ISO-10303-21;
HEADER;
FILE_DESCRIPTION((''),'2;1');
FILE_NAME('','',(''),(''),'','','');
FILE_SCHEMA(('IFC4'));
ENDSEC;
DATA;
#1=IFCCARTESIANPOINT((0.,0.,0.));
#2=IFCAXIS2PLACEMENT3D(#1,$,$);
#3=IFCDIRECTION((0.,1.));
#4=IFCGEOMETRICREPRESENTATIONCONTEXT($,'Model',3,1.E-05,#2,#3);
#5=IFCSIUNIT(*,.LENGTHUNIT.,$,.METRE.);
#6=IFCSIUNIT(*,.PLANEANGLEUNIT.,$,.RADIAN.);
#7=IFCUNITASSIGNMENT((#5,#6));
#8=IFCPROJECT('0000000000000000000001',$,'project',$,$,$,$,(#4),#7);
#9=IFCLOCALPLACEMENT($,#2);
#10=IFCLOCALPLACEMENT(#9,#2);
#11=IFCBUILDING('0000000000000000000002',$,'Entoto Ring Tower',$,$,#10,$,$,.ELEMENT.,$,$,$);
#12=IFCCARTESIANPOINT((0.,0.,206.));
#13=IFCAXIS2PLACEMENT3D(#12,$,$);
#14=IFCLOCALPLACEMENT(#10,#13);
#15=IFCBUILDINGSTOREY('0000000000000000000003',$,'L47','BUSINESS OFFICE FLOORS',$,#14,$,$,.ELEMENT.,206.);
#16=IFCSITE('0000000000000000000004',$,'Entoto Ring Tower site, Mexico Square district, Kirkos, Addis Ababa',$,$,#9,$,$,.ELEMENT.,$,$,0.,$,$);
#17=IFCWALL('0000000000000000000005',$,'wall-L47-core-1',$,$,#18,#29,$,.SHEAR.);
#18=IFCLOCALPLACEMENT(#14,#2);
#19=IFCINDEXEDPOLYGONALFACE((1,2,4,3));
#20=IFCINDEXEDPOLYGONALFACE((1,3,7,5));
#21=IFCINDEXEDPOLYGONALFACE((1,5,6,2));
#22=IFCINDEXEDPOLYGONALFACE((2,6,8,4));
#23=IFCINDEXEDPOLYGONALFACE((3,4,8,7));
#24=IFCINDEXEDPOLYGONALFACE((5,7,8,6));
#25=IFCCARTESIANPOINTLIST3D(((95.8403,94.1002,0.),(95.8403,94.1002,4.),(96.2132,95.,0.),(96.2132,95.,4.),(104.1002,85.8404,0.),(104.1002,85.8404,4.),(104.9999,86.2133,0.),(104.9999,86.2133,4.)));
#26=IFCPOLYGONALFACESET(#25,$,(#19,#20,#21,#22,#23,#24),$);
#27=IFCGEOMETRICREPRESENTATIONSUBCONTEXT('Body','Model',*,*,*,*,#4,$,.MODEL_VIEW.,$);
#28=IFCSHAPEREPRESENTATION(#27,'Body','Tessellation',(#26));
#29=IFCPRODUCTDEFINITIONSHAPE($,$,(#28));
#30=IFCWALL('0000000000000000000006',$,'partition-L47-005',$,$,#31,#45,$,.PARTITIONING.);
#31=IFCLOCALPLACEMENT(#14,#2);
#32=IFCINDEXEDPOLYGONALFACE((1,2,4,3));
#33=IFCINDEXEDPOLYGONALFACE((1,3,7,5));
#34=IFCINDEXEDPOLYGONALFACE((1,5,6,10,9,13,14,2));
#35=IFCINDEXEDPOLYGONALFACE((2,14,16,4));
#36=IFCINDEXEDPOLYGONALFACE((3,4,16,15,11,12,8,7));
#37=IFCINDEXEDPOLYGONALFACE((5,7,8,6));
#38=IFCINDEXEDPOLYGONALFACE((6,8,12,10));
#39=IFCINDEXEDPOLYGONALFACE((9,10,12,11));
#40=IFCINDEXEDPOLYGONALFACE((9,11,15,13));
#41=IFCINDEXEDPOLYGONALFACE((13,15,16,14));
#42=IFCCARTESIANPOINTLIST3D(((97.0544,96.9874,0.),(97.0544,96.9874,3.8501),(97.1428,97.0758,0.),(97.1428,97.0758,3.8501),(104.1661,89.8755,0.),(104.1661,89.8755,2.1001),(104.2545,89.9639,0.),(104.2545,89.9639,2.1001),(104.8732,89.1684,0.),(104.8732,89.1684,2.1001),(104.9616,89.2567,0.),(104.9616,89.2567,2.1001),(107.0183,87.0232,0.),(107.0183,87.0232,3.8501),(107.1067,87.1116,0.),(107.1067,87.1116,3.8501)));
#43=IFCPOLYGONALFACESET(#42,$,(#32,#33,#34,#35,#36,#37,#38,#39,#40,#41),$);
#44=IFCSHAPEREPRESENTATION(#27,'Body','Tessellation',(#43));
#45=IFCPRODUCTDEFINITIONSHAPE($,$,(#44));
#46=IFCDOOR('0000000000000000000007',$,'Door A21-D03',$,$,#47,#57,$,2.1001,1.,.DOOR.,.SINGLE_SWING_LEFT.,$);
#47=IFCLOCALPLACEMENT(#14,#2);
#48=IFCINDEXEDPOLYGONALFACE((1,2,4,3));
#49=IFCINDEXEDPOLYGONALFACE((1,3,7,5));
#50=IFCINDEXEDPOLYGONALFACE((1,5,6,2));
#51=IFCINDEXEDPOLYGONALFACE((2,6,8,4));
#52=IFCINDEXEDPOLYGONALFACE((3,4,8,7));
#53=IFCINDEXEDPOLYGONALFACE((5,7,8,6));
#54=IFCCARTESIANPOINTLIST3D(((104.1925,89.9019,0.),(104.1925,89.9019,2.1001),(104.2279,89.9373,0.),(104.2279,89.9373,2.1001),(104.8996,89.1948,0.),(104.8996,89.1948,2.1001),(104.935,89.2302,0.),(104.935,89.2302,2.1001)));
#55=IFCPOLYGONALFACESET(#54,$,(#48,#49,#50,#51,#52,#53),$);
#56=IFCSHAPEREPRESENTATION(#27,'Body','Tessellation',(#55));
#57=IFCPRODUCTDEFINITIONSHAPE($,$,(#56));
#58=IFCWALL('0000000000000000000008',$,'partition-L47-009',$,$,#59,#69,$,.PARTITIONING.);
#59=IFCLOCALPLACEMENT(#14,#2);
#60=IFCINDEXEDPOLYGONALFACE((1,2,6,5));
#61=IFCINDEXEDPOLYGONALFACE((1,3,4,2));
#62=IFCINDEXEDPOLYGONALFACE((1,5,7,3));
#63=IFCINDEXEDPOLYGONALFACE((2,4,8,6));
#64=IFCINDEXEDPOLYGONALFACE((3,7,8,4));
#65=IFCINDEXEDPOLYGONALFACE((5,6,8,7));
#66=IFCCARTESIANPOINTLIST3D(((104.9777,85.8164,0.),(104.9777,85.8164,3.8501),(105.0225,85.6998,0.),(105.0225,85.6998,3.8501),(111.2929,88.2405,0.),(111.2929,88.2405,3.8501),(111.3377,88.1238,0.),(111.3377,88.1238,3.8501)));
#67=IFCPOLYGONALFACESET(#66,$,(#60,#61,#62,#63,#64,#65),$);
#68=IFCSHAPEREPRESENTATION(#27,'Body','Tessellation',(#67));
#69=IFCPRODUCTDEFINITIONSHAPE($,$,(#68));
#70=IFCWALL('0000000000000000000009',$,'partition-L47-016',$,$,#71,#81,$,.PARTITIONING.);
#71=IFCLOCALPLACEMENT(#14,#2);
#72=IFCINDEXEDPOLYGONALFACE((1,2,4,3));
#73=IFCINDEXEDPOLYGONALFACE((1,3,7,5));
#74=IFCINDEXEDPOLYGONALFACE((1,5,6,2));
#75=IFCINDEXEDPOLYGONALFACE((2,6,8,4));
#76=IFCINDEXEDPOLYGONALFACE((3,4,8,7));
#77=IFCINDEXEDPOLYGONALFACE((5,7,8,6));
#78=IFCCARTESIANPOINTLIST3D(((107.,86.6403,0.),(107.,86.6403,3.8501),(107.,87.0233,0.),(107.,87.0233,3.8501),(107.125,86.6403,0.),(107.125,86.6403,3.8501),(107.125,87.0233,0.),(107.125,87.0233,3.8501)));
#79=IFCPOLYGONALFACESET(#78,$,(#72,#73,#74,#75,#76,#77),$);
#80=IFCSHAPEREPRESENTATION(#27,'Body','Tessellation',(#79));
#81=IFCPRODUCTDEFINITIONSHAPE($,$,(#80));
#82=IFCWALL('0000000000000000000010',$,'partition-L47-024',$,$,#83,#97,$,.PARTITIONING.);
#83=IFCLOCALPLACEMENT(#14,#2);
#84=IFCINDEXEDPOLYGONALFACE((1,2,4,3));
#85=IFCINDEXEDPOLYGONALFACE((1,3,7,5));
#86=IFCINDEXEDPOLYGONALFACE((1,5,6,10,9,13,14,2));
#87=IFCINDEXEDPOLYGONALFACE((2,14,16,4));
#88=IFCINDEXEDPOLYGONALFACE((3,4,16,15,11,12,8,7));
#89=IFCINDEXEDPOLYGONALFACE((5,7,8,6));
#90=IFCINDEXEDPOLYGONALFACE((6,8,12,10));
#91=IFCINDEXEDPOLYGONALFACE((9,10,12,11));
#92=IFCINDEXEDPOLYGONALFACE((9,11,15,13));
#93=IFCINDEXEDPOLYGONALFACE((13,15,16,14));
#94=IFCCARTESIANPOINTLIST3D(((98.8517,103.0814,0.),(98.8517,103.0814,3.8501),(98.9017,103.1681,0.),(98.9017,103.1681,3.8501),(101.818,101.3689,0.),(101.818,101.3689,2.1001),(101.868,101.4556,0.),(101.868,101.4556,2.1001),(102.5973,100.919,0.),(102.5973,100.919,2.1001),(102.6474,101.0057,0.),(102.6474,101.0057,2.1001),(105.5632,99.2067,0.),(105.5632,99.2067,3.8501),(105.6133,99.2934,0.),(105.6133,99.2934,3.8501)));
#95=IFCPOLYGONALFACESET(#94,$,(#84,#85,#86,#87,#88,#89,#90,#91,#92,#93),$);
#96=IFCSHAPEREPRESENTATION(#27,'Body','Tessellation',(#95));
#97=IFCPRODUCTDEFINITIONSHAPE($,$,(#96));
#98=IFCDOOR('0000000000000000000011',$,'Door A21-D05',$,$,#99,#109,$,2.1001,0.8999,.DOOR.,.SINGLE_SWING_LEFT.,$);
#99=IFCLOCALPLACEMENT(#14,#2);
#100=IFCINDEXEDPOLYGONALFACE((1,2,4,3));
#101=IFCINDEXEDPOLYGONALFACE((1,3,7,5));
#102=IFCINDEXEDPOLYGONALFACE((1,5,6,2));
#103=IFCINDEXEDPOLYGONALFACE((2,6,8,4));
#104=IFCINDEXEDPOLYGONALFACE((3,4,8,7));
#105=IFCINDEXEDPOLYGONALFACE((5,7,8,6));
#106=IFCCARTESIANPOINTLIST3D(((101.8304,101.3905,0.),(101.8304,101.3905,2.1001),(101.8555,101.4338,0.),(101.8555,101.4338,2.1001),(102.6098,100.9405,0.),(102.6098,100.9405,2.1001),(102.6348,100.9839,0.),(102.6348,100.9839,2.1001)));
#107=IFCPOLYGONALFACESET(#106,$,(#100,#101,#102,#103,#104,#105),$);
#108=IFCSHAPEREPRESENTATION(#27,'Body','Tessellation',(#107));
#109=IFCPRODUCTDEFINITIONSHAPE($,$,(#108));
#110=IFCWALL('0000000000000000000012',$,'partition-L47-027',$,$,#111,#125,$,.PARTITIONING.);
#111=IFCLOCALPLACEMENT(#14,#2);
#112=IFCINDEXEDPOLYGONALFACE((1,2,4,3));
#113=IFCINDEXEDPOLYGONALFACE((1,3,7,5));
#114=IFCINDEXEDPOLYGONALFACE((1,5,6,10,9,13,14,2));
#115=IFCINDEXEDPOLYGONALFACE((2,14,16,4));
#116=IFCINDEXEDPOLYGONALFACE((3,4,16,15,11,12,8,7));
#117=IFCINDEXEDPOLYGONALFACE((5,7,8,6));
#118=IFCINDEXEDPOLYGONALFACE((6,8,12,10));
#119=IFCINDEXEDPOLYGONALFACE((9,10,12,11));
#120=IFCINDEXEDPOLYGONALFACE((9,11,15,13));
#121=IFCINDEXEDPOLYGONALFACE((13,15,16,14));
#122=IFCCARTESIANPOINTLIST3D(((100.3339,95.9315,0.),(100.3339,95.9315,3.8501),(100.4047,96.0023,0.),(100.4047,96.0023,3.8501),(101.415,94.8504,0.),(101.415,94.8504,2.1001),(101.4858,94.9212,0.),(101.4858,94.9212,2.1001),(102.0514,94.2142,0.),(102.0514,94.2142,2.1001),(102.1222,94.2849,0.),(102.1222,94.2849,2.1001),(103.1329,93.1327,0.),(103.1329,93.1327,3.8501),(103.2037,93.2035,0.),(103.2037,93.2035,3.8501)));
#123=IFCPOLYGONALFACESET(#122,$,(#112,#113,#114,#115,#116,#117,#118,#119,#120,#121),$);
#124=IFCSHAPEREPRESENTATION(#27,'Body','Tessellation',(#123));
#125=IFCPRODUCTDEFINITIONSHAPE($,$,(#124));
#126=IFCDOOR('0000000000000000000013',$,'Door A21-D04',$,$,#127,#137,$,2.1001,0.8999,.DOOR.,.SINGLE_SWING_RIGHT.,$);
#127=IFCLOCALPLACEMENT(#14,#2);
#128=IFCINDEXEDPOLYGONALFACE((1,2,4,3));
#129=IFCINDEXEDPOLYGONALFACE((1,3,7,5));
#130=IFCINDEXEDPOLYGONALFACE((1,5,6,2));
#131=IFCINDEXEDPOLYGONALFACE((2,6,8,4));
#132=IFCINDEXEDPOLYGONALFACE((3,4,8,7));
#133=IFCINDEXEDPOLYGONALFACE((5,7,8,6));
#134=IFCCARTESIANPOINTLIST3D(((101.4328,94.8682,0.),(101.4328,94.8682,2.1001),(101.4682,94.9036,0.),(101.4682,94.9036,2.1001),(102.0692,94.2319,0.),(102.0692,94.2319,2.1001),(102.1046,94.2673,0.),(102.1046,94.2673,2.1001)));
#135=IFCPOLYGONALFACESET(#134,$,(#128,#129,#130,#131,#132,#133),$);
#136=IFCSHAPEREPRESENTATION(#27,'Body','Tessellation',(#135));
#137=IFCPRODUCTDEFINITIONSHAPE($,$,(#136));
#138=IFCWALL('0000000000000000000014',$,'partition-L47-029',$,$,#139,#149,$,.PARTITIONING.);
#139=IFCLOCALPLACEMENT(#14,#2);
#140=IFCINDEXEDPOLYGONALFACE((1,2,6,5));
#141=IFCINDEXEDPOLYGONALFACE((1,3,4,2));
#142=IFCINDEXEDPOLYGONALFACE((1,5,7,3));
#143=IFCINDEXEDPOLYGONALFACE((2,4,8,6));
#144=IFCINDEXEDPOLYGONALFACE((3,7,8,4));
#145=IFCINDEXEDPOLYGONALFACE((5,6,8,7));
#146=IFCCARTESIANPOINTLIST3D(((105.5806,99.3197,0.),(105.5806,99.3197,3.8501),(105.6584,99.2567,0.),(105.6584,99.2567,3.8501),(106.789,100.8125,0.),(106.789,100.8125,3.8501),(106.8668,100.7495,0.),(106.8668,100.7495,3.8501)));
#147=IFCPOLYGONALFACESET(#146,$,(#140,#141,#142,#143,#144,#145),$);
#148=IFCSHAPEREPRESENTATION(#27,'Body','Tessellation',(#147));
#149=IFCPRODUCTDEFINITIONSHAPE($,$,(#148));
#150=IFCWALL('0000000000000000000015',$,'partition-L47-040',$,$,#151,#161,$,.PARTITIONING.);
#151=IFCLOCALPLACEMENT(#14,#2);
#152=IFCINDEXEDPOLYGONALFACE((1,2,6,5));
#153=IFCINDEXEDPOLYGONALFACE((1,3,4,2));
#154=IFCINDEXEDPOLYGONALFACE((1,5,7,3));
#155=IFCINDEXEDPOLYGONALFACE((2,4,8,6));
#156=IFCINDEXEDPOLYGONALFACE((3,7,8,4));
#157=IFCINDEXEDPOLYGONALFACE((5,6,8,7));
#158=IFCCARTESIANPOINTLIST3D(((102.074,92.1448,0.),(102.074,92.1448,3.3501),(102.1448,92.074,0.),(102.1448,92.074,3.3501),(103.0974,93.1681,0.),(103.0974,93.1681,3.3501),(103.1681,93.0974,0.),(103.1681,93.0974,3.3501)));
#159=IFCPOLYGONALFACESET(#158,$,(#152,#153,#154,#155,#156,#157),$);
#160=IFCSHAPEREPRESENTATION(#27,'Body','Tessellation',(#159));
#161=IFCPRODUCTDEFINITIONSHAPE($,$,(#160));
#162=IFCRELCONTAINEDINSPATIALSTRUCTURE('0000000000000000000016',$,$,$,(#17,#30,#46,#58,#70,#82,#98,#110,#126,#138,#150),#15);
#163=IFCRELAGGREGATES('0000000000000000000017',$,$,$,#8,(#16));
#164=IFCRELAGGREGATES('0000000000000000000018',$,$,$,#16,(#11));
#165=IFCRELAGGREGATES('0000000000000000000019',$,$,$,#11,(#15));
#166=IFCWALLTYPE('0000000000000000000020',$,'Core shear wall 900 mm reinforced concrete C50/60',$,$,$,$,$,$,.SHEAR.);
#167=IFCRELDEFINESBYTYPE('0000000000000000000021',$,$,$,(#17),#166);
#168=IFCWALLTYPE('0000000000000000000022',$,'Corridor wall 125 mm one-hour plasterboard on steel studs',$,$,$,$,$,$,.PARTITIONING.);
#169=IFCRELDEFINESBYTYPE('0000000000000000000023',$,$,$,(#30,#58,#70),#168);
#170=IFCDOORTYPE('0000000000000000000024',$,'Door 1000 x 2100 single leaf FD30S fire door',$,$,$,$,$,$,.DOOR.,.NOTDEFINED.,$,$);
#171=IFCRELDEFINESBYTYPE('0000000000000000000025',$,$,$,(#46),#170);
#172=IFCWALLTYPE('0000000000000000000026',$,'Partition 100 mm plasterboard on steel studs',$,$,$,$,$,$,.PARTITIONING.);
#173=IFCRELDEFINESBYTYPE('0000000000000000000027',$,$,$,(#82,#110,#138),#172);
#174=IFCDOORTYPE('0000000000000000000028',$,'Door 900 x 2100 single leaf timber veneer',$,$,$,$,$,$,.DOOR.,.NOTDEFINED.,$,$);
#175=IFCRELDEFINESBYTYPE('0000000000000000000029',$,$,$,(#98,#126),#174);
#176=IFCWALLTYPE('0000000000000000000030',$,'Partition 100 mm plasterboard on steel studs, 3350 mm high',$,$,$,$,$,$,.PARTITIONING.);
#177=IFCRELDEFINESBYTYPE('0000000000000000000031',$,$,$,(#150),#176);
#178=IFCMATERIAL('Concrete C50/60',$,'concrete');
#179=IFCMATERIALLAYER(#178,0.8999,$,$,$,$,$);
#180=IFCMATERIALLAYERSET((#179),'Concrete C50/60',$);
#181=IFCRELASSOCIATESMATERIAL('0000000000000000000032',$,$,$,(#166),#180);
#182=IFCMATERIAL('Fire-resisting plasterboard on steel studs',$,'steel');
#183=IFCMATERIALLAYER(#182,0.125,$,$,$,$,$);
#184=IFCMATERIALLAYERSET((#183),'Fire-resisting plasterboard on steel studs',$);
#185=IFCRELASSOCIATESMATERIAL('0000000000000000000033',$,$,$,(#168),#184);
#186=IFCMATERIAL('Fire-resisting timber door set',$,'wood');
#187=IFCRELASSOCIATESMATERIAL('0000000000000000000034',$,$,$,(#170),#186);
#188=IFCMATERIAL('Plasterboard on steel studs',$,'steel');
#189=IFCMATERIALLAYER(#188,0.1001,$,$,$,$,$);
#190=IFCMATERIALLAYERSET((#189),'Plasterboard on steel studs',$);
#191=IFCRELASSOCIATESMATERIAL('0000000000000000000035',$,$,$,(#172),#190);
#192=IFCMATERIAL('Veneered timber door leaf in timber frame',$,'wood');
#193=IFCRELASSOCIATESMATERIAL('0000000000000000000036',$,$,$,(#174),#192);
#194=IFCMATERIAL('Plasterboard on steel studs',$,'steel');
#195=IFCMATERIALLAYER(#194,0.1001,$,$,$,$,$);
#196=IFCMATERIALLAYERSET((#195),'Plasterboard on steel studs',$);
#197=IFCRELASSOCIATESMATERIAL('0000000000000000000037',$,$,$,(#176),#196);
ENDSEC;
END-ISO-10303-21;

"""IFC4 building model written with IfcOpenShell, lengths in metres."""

from ifc_helpers import new_model, si_unit, direction, frame, frame_2d, origin, place, context, subcontext, project, spatial, polyline, rectangle, outline, extrude, material, layer, layer_set, type_object, element, fill, save


model = new_model("IFC4")

# Units and contexts
model_context = context("Model", 3, precision=1e-05, world=origin(), true_north=direction((0.0, 1.0)))
body_context = subcontext(model_context, "Body", "Model", "MODEL_VIEW")
ifc_project = project(units=[si_unit("LENGTHUNIT", "METRE"), si_unit("PLANEANGLEUNIT", "RADIAN")], contexts=[model_context])

# Site, building, storey
site_placement = place(None, origin())
site = spatial("IfcSite", under=ifc_project, at=site_placement, Name="Entoto Ring Tower site, Mexico Square district, Kirkos, Addis Ababa", CompositionType="ELEMENT", RefElevation=0.0)
building_placement = place(site_placement, origin())
building = spatial("IfcBuilding", under=site, at=building_placement, Name="Entoto Ring Tower", CompositionType="ELEMENT")
storey_placement = place(building_placement, frame((0.0, 0.0, 206.0)))
storey = spatial("IfcBuildingStorey", under=building, at=storey_placement, Name="L47", Description="BUSINESS OFFICE FLOORS", CompositionType="ELEMENT", Elevation=206.0)

# Wall
ifc_material_1 = material(Name="Concrete C50/60", Category="concrete")
ifc_layer_1 = layer(ifc_material_1, 0.8999)
ifc_layer_set_1 = layer_set([ifc_layer_1], Name="Concrete C50/60")
wall_type_1 = type_object("IfcWallType", Name="Core shear wall 900 mm reinforced concrete C50/60", PredefinedType="SHEAR", material=ifc_layer_set_1)
wall_1_placement = place(storey_placement, frame((104.55, 86.0269, 0.0), z_axis=(0.0, 0.0, 1.0), x_axis=(-0.707107, 0.707107, 0.0)))
element("IfcWall", 1, at=wall_1_placement, inside=storey, type_object=wall_type_1, Name="wall-L47-core-1", PredefinedType="SHEAR", context=body_context, shape_type="SweptSolid", body=[
    extrude(outline(polyline([(-0.1863, -0.45), (12.24, -0.45), (11.8674, 0.45), (0.1863, 0.45), (-0.1863, -0.45)])), origin(), (0.0, 0.0, 1.0), 4.0),
])

# Wall, opening, door
ifc_material_2 = material(Name="Fire-resisting plasterboard on steel studs", Category="steel")
ifc_layer_2 = layer(ifc_material_2, 0.125)
ifc_layer_set_2 = layer_set([ifc_layer_2], Name="Fire-resisting plasterboard on steel studs")
wall_type_2 = type_object("IfcWallType", Name="Corridor wall 125 mm one-hour plasterboard on steel studs", PredefinedType="PARTITIONING", material=ifc_layer_set_2)
wall_2_placement = place(storey_placement, frame((107.0625, 87.0674, 0.0), z_axis=(0.0, 0.0, 1.0), x_axis=(-0.707098, 0.707115, 0.0)))
wall_2 = element("IfcWall", 2, at=wall_2_placement, inside=storey, type_object=wall_type_2, Name="partition-L47-005", PredefinedType="PARTITIONING", context=body_context, shape_type="SweptSolid", body=[
    extrude(rectangle(XDim=14.0913, YDim=0.125, at=frame_2d((7.0457, 0.0))), origin(), (0.0, 0.0, 1.0), 3.8501),
])
opening_1_placement = place(wall_2_placement, frame((3.0337, 0.0, 0.0)))
opening_1 = element("IfcOpeningElement", 3, at=opening_1_placement, cuts=wall_2, PredefinedType="OPENING", context=body_context, shape_type="SweptSolid", body=[
    extrude(rectangle(XDim=1.0, YDim=2.1001, at=frame_2d((0.5, 1.05))), frame((0.0, 0.0725, 0.0), z_axis=(0.0, -1.0, 0.0), x_axis=(1.0, 0.0, 0.0)), (0.0, 0.0, 1.0), 0.145),
])
ifc_material_3 = material(Name="Fire-resisting timber door set", Category="wood")
door_type_1 = type_object("IfcDoorType", Name="Door 1000 x 2100 single leaf FD30S fire door", OperationType="NOTDEFINED", PredefinedType="DOOR", material=ifc_material_3)
door_1_placement = place(opening_1_placement, frame((1.0, 0.0, 0.0), z_axis=(0.0, 0.0, 1.0), x_axis=(-1.0, 0.0, 0.0)))
door_1 = element("IfcDoor", 4, at=door_1_placement, inside=storey, type_object=door_type_1, Name="Door A21-D03", OperationType="SINGLE_SWING_LEFT", OverallHeight=2.1001, OverallWidth=1.0, PredefinedType="DOOR", context=body_context, shape_type="SweptSolid", body=[
    extrude(rectangle(XDim=1.0, YDim=2.1001, at=frame_2d((0.5, 1.05))), frame((0.0, 0.0249, 0.0), z_axis=(0.0, -1.0, 0.0), x_axis=(1.0, 0.0, 0.0)), (0.0, 0.0, 1.0), 0.05),
])
fill(opening_1, door_1)

# Walls
wall_3_placement = place(storey_placement, frame((105.0, 85.7581, 0.0), z_axis=(0.0, 0.0, 1.0), x_axis=(0.933585, 0.358355, 0.0)))
element("IfcWall", 5, at=wall_3_placement, inside=storey, type_object=wall_type_2, Name="partition-L47-009", PredefinedType="PARTITIONING", context=body_context, shape_type="SweptSolid", body=[
    extrude(rectangle(XDim=6.7644, YDim=0.125, at=frame_2d((3.3823, 0.0))), origin(), (0.0, 0.0, 1.0), 3.8501),
])
wall_4_placement = place(storey_placement, frame((107.0625, 86.6404, 0.0), z_axis=(0.0, 0.0, 1.0), x_axis=(0.0, 1.0, 0.0)))
element("IfcWall", 6, at=wall_4_placement, inside=storey, type_object=wall_type_2, Name="partition-L47-016", PredefinedType="PARTITIONING", context=body_context, shape_type="SweptSolid", body=[
    extrude(rectangle(XDim=0.3831, YDim=0.125, at=frame_2d((0.1914, 0.0))), origin(), (0.0, 0.0, 1.0), 3.8501),
])

# Walls, openings, doors
ifc_material_4 = material(Name="Plasterboard on steel studs", Category="steel")
ifc_layer_3 = layer(ifc_material_4, 0.1001)
ifc_layer_set_3 = layer_set([ifc_layer_3], Name="Plasterboard on steel studs")
wall_type_3 = type_object("IfcWallType", Name="Partition 100 mm plasterboard on steel studs", PredefinedType="PARTITIONING", material=ifc_layer_set_3)
wall_5_placement = place(storey_placement, frame((105.5884, 99.25, 0.0), z_axis=(0.0, 0.0, 1.0), x_axis=(-0.866038, 0.499978, 0.0)))
wall_5 = element("IfcWall", 7, at=wall_5_placement, inside=storey, type_object=wall_type_3, Name="partition-L47-024", PredefinedType="PARTITIONING", context=body_context, shape_type="SweptSolid", body=[
    extrude(rectangle(XDim=7.7498, YDim=0.1001, at=frame_2d((3.875, 0.0))), origin(), (0.0, 0.0, 1.0), 3.8501),
])
opening_2_placement = place(wall_5_placement, frame((3.4248, 0.0, 0.0)))
opening_2 = element("IfcOpeningElement", 8, at=opening_2_placement, cuts=wall_5, PredefinedType="OPENING", context=body_context, shape_type="SweptSolid", body=[
    extrude(rectangle(XDim=0.8999, YDim=2.1001, at=frame_2d((0.45, 1.05))), frame((0.0, 0.0601, 0.0), z_axis=(0.0, -1.0, 0.0), x_axis=(1.0, 0.0, 0.0)), (0.0, 0.0, 1.0), 0.1201),
])
ifc_material_5 = material(Name="Veneered timber door leaf in timber frame", Category="wood")
door_type_2 = type_object("IfcDoorType", Name="Door 900 x 2100 single leaf timber veneer", OperationType="NOTDEFINED", PredefinedType="DOOR", material=ifc_material_5)
door_2_placement = place(opening_2_placement, frame((0.8999, 0.0, 0.0), z_axis=(0.0, 0.0, 1.0), x_axis=(-1.0, 0.0, 0.0)))
door_2 = element("IfcDoor", 9, at=door_2_placement, inside=storey, type_object=door_type_2, Name="Door A21-D05", OperationType="SINGLE_SWING_LEFT", OverallHeight=2.1001, OverallWidth=0.8999, PredefinedType="DOOR", context=body_context, shape_type="SweptSolid", body=[
    extrude(rectangle(XDim=0.8999, YDim=2.1001, at=frame_2d((0.45, 1.05))), frame((0.0, 0.0249, 0.0), z_axis=(0.0, -1.0, 0.0), x_axis=(1.0, 0.0, 0.0)), (0.0, 0.0, 1.0), 0.05),
])
fill(opening_2, door_2)
wall_6_placement = place(storey_placement, frame((103.1682, 93.1682, 0.0), z_axis=(0.0, 0.0, 1.0), x_axis=(-0.707138, 0.707076, 0.0)))
wall_6 = element("IfcWall", 10, at=wall_6_placement, inside=storey, type_object=wall_type_3, Name="partition-L47-027", PredefinedType="PARTITIONING", context=body_context, shape_type="SweptSolid", body=[
    extrude(rectangle(XDim=3.9583, YDim=0.1001, at=frame_2d((1.979, 0.0))), origin(), (0.0, 0.0, 1.0), 3.8501),
])
opening_3_placement = place(wall_6_placement, frame((1.5293, 0.0, 0.0)))
opening_3 = element("IfcOpeningElement", 11, at=opening_3_placement, cuts=wall_6, PredefinedType="OPENING", context=body_context, shape_type="SweptSolid", body=[
    extrude(rectangle(XDim=0.8999, YDim=2.1001, at=frame_2d((0.45, 1.05))), frame((0.0, 0.0601, 0.0), z_axis=(0.0, -1.0, 0.0), x_axis=(1.0, 0.0, 0.0)), (0.0, 0.0, 1.0), 0.1201),
])
door_3_placement = place(opening_3_placement, origin())
door_3 = element("IfcDoor", 12, at=door_3_placement, inside=storey, type_object=door_type_2, Name="Door A21-D04", OperationType="SINGLE_SWING_RIGHT", OverallHeight=2.1001, OverallWidth=0.8999, PredefinedType="DOOR", context=body_context, shape_type="SweptSolid", body=[
    extrude(rectangle(XDim=0.8999, YDim=2.1001, at=frame_2d((0.45, 1.05))), frame((0.0, 0.0249, 0.0), z_axis=(0.0, -1.0, 0.0), x_axis=(1.0, 0.0, 0.0)), (0.0, 0.0, 1.0), 0.05),
])
fill(opening_3, door_3)

# Walls
wall_7_placement = place(storey_placement, frame((105.6194, 99.2881, 0.0), z_axis=(0.0, 0.0, 1.0), x_axis=(0.62918, 0.77726, 0.0)))
element("IfcWall", 13, at=wall_7_placement, inside=storey, type_object=wall_type_3, Name="partition-L47-029", PredefinedType="PARTITIONING", context=body_context, shape_type="SweptSolid", body=[
    extrude(rectangle(XDim=1.9207, YDim=0.1001, at=frame_2d((0.9604, 0.0))), origin(), (0.0, 0.0, 1.0), 3.8501),
])
ifc_material_6 = material(Name="Plasterboard on steel studs", Category="steel")
ifc_layer_4 = layer(ifc_material_6, 0.1001)
ifc_layer_set_4 = layer_set([ifc_layer_4], Name="Plasterboard on steel studs")
wall_type_4 = type_object("IfcWallType", Name="Partition 100 mm plasterboard on steel studs, 3350 mm high", PredefinedType="PARTITIONING", material=ifc_layer_set_4)
wall_8_placement = place(storey_placement, frame((102.1094, 92.1094, 0.0), z_axis=(0.0, 0.0, 1.0), x_axis=(0.707107, 0.707107, 0.0)))
element("IfcWall", 14, at=wall_8_placement, inside=storey, type_object=wall_type_4, Name="partition-L47-040", PredefinedType="PARTITIONING", context=body_context, shape_type="SweptSolid", body=[
    extrude(rectangle(XDim=1.4473, YDim=0.1001, at=frame_2d((0.7236, 0.0))), origin(), (0.0, 0.0, 1.0), 3.3501),
])

save(model, "model.ifc")
